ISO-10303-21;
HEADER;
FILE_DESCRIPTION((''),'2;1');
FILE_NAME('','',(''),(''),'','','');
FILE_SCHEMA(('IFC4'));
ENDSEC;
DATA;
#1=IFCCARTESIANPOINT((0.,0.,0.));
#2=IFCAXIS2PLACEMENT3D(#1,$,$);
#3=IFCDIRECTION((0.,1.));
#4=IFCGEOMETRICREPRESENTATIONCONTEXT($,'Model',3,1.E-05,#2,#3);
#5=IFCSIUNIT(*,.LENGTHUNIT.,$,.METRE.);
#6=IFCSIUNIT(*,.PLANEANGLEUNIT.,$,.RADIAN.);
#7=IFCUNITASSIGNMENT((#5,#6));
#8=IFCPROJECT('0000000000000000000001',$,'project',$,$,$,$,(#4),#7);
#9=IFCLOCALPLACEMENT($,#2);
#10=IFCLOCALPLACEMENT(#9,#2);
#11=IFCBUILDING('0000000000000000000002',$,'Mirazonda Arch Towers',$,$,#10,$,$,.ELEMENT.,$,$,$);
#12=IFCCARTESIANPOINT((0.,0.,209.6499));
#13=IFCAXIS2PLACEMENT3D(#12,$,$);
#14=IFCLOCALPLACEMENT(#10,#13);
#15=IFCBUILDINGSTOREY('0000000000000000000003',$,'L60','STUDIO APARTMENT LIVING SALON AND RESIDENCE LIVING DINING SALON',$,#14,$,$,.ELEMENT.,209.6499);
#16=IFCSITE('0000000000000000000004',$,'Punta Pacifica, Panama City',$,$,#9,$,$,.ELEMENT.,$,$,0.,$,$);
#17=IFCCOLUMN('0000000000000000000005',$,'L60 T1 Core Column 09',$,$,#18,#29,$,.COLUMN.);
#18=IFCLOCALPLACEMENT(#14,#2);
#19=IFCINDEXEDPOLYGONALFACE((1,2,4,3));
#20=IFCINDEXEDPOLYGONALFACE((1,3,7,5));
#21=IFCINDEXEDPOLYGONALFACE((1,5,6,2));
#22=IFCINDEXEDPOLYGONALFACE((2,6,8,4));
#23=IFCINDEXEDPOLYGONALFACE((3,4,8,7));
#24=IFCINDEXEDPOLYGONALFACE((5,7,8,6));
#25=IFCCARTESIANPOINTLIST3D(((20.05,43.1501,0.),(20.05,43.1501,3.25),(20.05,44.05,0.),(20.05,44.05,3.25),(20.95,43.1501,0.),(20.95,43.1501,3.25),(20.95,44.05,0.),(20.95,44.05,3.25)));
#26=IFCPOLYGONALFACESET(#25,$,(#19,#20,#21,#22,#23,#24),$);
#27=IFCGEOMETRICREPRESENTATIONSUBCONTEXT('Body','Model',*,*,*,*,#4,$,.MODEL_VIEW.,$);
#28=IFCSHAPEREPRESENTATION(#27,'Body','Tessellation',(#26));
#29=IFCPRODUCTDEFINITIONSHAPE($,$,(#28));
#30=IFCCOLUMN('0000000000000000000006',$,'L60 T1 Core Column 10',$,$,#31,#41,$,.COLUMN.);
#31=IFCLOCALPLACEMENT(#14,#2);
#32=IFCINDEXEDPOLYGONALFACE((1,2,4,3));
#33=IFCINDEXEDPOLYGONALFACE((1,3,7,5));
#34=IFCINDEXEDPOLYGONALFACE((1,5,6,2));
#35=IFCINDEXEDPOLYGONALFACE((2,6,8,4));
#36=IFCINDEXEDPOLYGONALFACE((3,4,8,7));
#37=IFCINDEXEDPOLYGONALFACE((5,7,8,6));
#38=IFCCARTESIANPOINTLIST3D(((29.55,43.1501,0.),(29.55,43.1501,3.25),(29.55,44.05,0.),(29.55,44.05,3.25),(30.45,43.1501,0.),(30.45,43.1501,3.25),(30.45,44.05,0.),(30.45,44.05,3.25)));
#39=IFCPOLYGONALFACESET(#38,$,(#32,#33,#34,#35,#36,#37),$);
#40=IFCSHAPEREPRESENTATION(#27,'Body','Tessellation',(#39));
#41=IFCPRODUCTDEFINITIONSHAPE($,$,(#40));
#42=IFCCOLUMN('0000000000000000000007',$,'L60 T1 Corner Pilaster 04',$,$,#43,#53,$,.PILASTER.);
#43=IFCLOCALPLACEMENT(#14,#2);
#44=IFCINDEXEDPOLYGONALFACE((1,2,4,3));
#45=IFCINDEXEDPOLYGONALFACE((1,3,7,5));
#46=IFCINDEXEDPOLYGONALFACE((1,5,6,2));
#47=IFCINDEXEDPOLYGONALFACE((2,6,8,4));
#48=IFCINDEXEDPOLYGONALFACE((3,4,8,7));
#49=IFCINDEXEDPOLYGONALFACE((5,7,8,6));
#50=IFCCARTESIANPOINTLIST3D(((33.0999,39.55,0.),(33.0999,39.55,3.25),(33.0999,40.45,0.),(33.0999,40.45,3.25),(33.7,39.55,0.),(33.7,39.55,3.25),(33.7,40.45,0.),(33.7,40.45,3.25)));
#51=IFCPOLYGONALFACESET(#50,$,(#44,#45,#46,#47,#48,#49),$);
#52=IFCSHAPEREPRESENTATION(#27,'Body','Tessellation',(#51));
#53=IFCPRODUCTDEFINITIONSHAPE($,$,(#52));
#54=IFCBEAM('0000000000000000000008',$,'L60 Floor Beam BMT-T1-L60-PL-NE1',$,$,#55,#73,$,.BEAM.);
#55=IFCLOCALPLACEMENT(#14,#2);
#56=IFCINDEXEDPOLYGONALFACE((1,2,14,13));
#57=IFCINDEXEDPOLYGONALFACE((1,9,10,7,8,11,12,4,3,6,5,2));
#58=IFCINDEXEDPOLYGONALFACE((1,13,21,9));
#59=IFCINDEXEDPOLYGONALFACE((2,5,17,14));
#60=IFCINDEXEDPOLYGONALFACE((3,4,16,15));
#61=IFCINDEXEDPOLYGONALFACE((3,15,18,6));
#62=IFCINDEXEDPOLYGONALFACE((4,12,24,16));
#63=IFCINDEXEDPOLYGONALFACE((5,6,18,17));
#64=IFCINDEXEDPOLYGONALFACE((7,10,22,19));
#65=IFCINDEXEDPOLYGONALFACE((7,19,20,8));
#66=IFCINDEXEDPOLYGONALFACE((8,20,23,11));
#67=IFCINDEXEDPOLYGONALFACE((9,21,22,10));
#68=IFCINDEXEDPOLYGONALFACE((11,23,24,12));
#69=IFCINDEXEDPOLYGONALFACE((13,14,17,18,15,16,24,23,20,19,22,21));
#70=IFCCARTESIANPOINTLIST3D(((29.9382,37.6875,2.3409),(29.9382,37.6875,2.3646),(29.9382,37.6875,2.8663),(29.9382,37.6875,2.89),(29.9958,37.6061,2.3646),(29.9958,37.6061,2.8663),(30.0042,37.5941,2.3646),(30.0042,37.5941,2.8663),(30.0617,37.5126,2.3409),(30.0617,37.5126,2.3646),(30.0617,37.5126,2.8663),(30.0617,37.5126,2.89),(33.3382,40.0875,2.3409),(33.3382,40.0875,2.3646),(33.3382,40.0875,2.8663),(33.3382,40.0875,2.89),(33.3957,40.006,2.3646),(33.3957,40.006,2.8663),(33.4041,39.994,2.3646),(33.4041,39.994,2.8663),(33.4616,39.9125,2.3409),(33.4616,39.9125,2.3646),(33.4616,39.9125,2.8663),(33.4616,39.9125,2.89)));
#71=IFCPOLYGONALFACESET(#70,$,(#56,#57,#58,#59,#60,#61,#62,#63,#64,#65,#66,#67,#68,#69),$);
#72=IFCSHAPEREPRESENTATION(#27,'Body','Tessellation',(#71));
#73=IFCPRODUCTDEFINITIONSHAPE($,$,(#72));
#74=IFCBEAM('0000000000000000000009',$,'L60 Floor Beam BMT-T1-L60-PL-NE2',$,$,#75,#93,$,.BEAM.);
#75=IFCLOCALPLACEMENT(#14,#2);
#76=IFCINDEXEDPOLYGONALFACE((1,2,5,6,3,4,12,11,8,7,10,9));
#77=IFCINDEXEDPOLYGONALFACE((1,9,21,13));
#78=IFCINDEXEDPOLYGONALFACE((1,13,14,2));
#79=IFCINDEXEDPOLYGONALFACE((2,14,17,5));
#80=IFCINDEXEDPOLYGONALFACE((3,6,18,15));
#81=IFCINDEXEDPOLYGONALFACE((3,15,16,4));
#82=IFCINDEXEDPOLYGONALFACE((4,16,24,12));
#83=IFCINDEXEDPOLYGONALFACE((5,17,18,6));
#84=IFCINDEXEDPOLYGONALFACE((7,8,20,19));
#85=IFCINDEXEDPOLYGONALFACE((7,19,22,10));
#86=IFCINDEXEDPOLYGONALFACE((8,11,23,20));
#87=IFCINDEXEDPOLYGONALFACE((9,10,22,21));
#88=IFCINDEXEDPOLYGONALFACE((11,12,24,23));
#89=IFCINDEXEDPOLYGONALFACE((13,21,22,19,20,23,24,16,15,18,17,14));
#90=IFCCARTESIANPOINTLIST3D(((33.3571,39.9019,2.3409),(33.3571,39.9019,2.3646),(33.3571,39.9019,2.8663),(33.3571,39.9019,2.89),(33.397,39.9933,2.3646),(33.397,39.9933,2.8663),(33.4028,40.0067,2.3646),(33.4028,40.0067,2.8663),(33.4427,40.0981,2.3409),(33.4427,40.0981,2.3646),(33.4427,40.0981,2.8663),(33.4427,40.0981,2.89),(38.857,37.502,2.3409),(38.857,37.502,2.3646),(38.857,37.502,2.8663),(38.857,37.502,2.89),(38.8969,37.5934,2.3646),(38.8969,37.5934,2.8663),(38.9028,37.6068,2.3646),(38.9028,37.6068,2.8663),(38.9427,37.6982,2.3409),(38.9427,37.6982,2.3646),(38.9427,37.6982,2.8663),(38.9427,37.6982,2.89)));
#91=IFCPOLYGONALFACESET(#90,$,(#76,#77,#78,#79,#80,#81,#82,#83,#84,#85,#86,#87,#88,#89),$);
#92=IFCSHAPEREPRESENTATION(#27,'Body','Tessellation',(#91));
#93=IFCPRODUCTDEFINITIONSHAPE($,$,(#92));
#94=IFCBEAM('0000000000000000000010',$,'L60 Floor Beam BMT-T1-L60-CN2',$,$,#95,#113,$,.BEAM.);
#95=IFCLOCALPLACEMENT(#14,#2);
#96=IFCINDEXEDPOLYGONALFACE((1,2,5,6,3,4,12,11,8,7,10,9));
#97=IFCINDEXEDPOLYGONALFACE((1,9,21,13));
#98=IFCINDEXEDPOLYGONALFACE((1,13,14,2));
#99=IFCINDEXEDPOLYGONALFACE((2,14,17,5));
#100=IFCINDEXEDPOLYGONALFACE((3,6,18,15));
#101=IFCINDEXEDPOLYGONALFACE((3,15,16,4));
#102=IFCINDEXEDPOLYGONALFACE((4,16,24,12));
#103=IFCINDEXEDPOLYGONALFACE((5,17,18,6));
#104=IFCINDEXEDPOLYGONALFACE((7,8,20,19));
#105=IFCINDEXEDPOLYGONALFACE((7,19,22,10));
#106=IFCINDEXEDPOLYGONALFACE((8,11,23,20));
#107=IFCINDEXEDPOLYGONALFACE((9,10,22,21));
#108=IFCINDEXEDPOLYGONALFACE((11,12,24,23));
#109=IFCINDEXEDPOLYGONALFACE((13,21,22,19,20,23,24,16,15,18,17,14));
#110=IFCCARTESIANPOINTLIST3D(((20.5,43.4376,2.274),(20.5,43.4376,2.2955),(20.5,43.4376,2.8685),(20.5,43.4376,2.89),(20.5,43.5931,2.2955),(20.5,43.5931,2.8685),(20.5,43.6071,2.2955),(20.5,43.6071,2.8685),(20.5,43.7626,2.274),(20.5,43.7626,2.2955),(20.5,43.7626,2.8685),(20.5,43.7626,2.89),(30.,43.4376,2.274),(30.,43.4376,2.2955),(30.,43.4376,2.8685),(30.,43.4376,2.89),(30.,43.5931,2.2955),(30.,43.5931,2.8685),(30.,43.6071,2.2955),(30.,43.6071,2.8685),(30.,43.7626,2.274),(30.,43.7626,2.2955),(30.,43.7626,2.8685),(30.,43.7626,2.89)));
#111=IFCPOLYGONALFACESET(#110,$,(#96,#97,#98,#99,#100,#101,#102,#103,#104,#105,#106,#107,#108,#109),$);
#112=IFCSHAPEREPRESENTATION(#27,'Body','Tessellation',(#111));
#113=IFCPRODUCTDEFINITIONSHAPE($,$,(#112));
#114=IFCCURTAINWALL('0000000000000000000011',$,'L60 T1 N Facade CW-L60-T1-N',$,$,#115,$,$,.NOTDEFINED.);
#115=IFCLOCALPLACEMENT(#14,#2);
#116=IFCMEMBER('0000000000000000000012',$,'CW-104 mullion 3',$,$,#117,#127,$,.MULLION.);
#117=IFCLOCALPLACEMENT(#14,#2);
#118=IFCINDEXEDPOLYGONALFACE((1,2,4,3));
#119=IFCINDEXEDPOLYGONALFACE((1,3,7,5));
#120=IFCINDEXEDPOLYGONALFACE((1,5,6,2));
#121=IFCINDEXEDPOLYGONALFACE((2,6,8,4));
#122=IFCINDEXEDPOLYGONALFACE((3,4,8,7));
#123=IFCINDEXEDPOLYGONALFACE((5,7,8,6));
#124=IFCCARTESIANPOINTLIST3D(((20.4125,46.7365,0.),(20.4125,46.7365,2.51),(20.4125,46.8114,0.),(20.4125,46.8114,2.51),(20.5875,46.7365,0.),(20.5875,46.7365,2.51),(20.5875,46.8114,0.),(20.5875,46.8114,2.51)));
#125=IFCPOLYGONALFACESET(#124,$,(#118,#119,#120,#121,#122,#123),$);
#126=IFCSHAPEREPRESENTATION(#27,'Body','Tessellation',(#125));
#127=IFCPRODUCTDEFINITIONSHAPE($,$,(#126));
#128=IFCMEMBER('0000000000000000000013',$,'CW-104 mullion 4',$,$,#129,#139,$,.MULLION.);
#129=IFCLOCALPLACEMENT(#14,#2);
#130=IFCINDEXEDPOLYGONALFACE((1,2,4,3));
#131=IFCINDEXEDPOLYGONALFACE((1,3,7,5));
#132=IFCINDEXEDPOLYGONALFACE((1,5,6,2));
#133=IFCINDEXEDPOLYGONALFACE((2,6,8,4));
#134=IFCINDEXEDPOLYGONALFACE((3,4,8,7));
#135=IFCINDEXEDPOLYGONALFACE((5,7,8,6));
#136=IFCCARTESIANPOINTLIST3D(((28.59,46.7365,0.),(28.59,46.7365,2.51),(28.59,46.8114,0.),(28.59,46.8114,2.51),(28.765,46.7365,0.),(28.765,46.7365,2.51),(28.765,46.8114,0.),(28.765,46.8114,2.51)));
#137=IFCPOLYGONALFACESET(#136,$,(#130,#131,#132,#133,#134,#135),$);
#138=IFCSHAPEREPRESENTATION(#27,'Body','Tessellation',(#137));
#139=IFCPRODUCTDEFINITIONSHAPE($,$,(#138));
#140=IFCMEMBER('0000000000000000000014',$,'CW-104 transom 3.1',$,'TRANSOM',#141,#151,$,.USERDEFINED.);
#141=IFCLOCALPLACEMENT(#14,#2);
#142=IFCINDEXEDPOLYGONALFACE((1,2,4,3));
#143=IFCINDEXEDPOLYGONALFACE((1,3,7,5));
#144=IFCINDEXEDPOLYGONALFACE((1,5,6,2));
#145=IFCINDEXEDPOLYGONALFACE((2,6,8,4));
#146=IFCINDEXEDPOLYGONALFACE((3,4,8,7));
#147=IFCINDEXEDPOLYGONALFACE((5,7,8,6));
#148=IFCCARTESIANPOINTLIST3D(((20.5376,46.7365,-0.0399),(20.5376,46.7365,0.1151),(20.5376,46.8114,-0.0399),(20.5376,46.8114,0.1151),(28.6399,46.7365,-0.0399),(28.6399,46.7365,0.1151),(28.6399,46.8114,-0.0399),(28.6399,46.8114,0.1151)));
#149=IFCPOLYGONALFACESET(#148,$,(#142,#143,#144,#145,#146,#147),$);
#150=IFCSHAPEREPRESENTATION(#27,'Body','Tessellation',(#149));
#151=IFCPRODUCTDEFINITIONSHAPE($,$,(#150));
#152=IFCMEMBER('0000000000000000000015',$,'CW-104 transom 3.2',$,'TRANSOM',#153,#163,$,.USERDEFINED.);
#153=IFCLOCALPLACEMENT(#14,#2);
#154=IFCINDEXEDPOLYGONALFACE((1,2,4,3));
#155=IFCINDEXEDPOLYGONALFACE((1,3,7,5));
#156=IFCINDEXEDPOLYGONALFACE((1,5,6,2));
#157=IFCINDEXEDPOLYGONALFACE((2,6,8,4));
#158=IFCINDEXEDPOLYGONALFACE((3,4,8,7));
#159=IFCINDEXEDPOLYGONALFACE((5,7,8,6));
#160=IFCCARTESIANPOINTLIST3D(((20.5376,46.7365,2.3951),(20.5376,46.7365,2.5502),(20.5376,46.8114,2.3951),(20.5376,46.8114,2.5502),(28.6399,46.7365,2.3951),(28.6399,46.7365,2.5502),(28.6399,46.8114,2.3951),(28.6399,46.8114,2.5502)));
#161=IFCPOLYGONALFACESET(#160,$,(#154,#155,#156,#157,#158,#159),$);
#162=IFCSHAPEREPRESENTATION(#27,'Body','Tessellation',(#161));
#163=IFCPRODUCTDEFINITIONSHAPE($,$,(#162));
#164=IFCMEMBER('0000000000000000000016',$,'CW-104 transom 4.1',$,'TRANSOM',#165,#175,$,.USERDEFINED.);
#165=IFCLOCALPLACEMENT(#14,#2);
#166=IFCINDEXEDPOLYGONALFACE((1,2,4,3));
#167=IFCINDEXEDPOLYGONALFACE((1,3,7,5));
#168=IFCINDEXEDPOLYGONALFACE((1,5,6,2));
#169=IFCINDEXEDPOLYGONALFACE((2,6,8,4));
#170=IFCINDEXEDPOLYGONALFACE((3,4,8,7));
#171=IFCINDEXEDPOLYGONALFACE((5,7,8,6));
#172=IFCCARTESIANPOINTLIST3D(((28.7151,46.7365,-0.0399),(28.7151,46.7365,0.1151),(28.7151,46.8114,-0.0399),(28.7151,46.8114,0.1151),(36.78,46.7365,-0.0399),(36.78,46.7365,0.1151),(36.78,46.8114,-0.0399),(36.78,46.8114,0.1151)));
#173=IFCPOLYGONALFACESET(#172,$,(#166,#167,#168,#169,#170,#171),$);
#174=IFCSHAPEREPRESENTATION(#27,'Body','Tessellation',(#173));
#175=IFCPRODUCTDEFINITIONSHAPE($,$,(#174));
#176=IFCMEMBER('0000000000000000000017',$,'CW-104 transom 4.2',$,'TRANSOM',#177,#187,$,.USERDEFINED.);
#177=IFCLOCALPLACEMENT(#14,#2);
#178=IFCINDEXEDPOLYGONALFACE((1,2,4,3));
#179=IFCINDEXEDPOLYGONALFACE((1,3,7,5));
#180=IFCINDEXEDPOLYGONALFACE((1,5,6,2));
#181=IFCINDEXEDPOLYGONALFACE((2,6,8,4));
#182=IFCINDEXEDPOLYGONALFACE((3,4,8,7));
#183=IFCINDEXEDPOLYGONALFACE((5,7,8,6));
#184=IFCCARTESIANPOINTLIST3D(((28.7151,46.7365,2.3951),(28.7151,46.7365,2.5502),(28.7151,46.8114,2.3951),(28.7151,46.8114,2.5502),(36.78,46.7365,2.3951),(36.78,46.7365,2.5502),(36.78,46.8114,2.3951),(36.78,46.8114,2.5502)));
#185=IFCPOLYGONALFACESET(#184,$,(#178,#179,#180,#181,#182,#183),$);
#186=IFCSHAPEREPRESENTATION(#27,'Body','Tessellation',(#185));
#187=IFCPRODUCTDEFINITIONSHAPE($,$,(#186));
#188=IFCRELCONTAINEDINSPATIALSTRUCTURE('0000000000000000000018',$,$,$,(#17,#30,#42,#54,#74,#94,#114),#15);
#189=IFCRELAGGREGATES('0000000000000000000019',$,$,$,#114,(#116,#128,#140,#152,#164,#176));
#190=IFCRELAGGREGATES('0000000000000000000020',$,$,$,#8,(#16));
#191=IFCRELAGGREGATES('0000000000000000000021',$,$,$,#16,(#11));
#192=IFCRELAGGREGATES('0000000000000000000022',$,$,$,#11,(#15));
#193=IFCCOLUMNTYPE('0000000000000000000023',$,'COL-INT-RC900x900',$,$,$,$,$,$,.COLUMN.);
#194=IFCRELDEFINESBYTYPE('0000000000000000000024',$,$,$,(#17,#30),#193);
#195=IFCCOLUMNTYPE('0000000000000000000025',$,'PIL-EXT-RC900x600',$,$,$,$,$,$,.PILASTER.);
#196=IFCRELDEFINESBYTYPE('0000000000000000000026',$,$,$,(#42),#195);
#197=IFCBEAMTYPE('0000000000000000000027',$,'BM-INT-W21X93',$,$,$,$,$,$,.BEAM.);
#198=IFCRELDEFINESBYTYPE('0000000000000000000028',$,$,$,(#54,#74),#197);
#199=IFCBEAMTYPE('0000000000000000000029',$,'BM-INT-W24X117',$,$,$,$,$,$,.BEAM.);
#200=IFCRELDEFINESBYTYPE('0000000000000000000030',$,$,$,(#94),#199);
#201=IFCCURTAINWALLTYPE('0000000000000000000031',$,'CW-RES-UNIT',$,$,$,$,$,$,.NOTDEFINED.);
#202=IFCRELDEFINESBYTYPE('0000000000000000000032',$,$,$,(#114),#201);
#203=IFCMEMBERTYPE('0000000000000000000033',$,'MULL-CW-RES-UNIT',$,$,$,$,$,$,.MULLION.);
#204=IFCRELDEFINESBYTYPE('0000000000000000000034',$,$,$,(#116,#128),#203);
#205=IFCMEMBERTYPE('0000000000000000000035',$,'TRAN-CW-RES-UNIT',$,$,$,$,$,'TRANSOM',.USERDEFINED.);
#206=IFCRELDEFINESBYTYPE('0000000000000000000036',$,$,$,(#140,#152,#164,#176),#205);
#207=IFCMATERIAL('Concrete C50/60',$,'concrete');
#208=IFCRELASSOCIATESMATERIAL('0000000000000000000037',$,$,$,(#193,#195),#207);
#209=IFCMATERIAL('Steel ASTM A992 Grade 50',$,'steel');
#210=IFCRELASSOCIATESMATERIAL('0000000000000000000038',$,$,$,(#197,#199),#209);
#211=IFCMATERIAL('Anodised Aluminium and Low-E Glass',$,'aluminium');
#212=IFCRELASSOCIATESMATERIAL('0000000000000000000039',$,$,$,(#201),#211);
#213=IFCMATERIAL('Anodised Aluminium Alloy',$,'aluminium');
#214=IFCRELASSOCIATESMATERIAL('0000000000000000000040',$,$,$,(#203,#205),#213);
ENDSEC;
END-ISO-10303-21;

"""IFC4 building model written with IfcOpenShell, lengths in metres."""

from ifc_helpers import new_model, si_unit, direction, frame, origin, origin_2d, place, context, subcontext, project, spatial, rectangle, i_section, extrude, material, material_profile, profile_set, type_object, element, aggregate, save


model = new_model("IFC4")

# Units and contexts
model_context = context("Model", 3, precision=1e-05, world=origin(), true_north=direction((0.0, 1.0)))
body_context = subcontext(model_context, "Body", "Model", "MODEL_VIEW")
ifc_project = project(units=[si_unit("LENGTHUNIT", "METRE"), si_unit("PLANEANGLEUNIT", "RADIAN")], contexts=[model_context])

# Site, building, storey
site_placement = place(None, origin())
site = spatial("IfcSite", under=ifc_project, at=site_placement, Name="Punta Pacifica, Panama City", CompositionType="ELEMENT", RefElevation=0.0)
building_placement = place(site_placement, origin())
building = spatial("IfcBuilding", under=site, at=building_placement, Name="Mirazonda Arch Towers", CompositionType="ELEMENT")
storey_placement = place(building_placement, frame((0.0, 0.0, 209.6499)))
storey = spatial("IfcBuildingStorey", under=building, at=storey_placement, Name="L60", Description="STUDIO APARTMENT LIVING SALON AND RESIDENCE LIVING DINING SALON", CompositionType="ELEMENT", Elevation=209.6499)

# Columns
ifc_material_1 = material(Name="Concrete C50/60", Category="concrete")
ifc_material_profile_1 = material_profile(ifc_material_1, rectangle(XDim=0.8999, YDim=0.8999, at=origin_2d()), Name="RC900x900")
ifc_profile_set_1 = profile_set([ifc_material_profile_1], Name="Concrete C50/60")
column_type_1 = type_object("IfcColumnType", Name="COL-INT-RC900x900", PredefinedType="COLUMN", material=ifc_profile_set_1)
for number, where, z_axis, x_axis, name in (
    (1, (20.5, 43.6001, 0.0), (0.0, 0.0, 1.0), (1.0, 0.0, 0.0), "L60 T1 Core Column 09"),
    (2, (30.0, 43.6001, 0.0), (0.0, 0.0, 1.0), (1.0, 0.0, 0.0), "L60 T1 Core Column 10"),
):
    element("IfcColumn", number, at=place(storey_placement, frame(where, z_axis=z_axis, x_axis=x_axis)), inside=storey, type_object=column_type_1, Name=name, PredefinedType="COLUMN", context=body_context, shape_type="SweptSolid", body=[
        extrude(rectangle(XDim=0.8999, YDim=0.8999, at=origin_2d()), origin(), (0.0, 0.0, 1.0), 3.25),
    ])
ifc_material_profile_2 = material_profile(ifc_material_1, rectangle(XDim=0.6001, YDim=0.8999, at=origin_2d()), Name="RC900x600")
ifc_profile_set_2 = profile_set([ifc_material_profile_2], Name="Concrete C50/60")
column_type_2 = type_object("IfcColumnType", Name="PIL-EXT-RC900x600", PredefinedType="PILASTER", material=ifc_profile_set_2)
column_placement = place(storey_placement, frame((33.3999, 40.0, 0.0), z_axis=(0.0, 0.0, 1.0), x_axis=(1.0, 0.0, 0.0)))
element("IfcColumn", 3, at=column_placement, inside=storey, type_object=column_type_2, Name="L60 T1 Corner Pilaster 04", PredefinedType="PILASTER", context=body_context, shape_type="SweptSolid", body=[
    extrude(rectangle(XDim=0.6001, YDim=0.8999, at=origin_2d()), origin(), (0.0, 0.0, 1.0), 3.25),
])

# Beams
ifc_material_2 = material(Name="Steel ASTM A992 Grade 50", Category="steel")
ifc_material_profile_3 = material_profile(ifc_material_2, i_section(OverallWidth=0.2141, OverallDepth=0.5491, WebThickness=0.0146, FlangeThickness=0.0237, at=origin_2d()), Name="W21X93")
ifc_profile_set_3 = profile_set([ifc_material_profile_3], Name="Steel ASTM A992 Grade 50")
beam_type_1 = type_object("IfcBeamType", Name="BM-INT-W21X93", PredefinedType="BEAM", material=ifc_profile_set_3)
beam_1_placement = place(storey_placement, frame((33.3999, 40.0, 2.6155), z_axis=(-0.816971, -0.576679, 0.0), x_axis=(0.576679, -0.816971, 0.0)))
element("IfcBeam", 4, at=beam_1_placement, inside=storey, type_object=beam_type_1, Name="L60 Floor Beam BMT-T1-L60-PL-NE1", PredefinedType="BEAM", context=body_context, shape_type="SweptSolid", body=[
    extrude(i_section(OverallWidth=0.2141, OverallDepth=0.5491, WebThickness=0.0146, FlangeThickness=0.0237, at=origin_2d()), origin(), (0.0, 0.0, 1.0), 4.1616),
])
beam_2_placement = place(storey_placement, frame((33.3999, 40.0, 2.6155), z_axis=(0.916545, -0.399931, 0.0), x_axis=(0.399931, 0.916545, 0.0)))
element("IfcBeam", 5, at=beam_2_placement, inside=storey, type_object=beam_type_1, Name="L60 Floor Beam BMT-T1-L60-PL-NE2", PredefinedType="BEAM", context=body_context, shape_type="SweptSolid", body=[
    extrude(i_section(OverallWidth=0.2141, OverallDepth=0.5491, WebThickness=0.0146, FlangeThickness=0.0237, at=origin_2d()), origin(), (0.0, 0.0, 1.0), 6.0007),
])
ifc_material_profile_4 = material_profile(ifc_material_2, i_section(OverallWidth=0.325, OverallDepth=0.616, WebThickness=0.0139, FlangeThickness=0.0215, at=origin_2d()), Name="W24X117")
ifc_profile_set_4 = profile_set([ifc_material_profile_4], Name="Steel ASTM A992 Grade 50")
beam_type_2 = type_object("IfcBeamType", Name="BM-INT-W24X117", PredefinedType="BEAM", material=ifc_profile_set_4)
beam_3_placement = place(storey_placement, frame((20.5, 43.6001, 2.582), z_axis=(1.0, 0.0, 0.0), x_axis=(0.0, 1.0, 0.0)))
element("IfcBeam", 6, at=beam_3_placement, inside=storey, type_object=beam_type_2, Name="L60 Floor Beam BMT-T1-L60-CN2", PredefinedType="BEAM", context=body_context, shape_type="SweptSolid", body=[
    extrude(i_section(OverallWidth=0.325, OverallDepth=0.616, WebThickness=0.0139, FlangeThickness=0.0215, at=origin_2d()), origin(), (0.0, 0.0, 1.0), 9.5),
])

# Curtain wall, members
ifc_material_3 = material(Name="Anodised Aluminium and Low-E Glass", Category="aluminium")
curtain_wall_type = type_object("IfcCurtainWallType", Name="CW-RES-UNIT", PredefinedType="NOTDEFINED", material=ifc_material_3)
curtain_wall_placement = place(storey_placement, origin())
curtain_wall = element("IfcCurtainWall", 7, at=curtain_wall_placement, inside=storey, type_object=curtain_wall_type, Name="L60 T1 N Facade CW-L60-T1-N", PredefinedType="NOTDEFINED")
ifc_material_4 = material(Name="Anodised Aluminium Alloy", Category="aluminium")
ifc_material_profile_5 = material_profile(ifc_material_4, rectangle(XDim=0.075, YDim=0.175, at=origin_2d()), Name="ALU-MULL-75x175")
ifc_profile_set_5 = profile_set([ifc_material_profile_5], Name="Anodised Aluminium Alloy")
member_type_1 = type_object("IfcMemberType", Name="MULL-CW-RES-UNIT", PredefinedType="MULLION", material=ifc_profile_set_5)
member_1_placement = place(storey_placement, frame((20.5, 46.7739, 0.0), z_axis=(0.0, 0.0, 1.0), x_axis=(0.0, 1.0, 0.0)))
member_1 = element("IfcMember", 8, at=member_1_placement, type_object=member_type_1, Name="CW-104 mullion 3", PredefinedType="MULLION", context=body_context, shape_type="SweptSolid", body=[
    extrude(rectangle(XDim=0.075, YDim=0.175, at=origin_2d()), origin(), (0.0, 0.0, 1.0), 2.51),
])
member_2_placement = place(storey_placement, frame((28.6775, 46.7739, 0.0), z_axis=(0.0, 0.0, 1.0), x_axis=(0.0, 1.0, 0.0)))
member_2 = element("IfcMember", 9, at=member_2_placement, type_object=member_type_1, Name="CW-104 mullion 4", PredefinedType="MULLION", context=body_context, shape_type="SweptSolid", body=[
    extrude(rectangle(XDim=0.075, YDim=0.175, at=origin_2d()), origin(), (0.0, 0.0, 1.0), 2.51),
])
ifc_material_profile_6 = material_profile(ifc_material_4, rectangle(XDim=0.075, YDim=0.155, at=origin_2d()), Name="ALU-TRAN-75x155")
ifc_profile_set_6 = profile_set([ifc_material_profile_6], Name="Anodised Aluminium Alloy")
member_type_2 = type_object("IfcMemberType", Name="TRAN-CW-RES-UNIT", ElementType="TRANSOM", PredefinedType="USERDEFINED", material=ifc_profile_set_6)
member_3_placement = place(storey_placement, frame((20.5376, 46.7739, 0.0376), z_axis=(1.0, 0.0, 0.0), x_axis=(0.0, 1.0, 0.0)))
member_3 = element("IfcMember", 10, at=member_3_placement, type_object=member_type_2, Name="CW-104 transom 3.1", ObjectType="TRANSOM", PredefinedType="USERDEFINED", context=body_context, shape_type="SweptSolid", body=[
    extrude(rectangle(XDim=0.075, YDim=0.155, at=origin_2d()), origin(), (0.0, 0.0, 1.0), 8.1023),
])
member_4_placement = place(storey_placement, frame((20.5376, 46.7739, 2.4727), z_axis=(1.0, 0.0, 0.0), x_axis=(0.0, 1.0, 0.0)))
member_4 = element("IfcMember", 11, at=member_4_placement, type_object=member_type_2, Name="CW-104 transom 3.2", ObjectType="TRANSOM", PredefinedType="USERDEFINED", context=body_context, shape_type="SweptSolid", body=[
    extrude(rectangle(XDim=0.075, YDim=0.155, at=origin_2d()), origin(), (0.0, 0.0, 1.0), 8.1023),
])
member_5_placement = place(storey_placement, frame((28.7151, 46.7739, 0.0376), z_axis=(1.0, 0.0, 0.0), x_axis=(0.0, 1.0, 0.0)))
member_5 = element("IfcMember", 12, at=member_5_placement, type_object=member_type_2, Name="CW-104 transom 4.1", ObjectType="TRANSOM", PredefinedType="USERDEFINED", context=body_context, shape_type="SweptSolid", body=[
    extrude(rectangle(XDim=0.075, YDim=0.155, at=origin_2d()), origin(), (0.0, 0.0, 1.0), 8.0649),
])
member_6_placement = place(storey_placement, frame((28.7151, 46.7739, 2.4727), z_axis=(1.0, 0.0, 0.0), x_axis=(0.0, 1.0, 0.0)))
member_6 = element("IfcMember", 13, at=member_6_placement, type_object=member_type_2, Name="CW-104 transom 4.2", ObjectType="TRANSOM", PredefinedType="USERDEFINED", context=body_context, shape_type="SweptSolid", body=[
    extrude(rectangle(XDim=0.075, YDim=0.155, at=origin_2d()), origin(), (0.0, 0.0, 1.0), 8.0649),
])
aggregate(curtain_wall, [member_1, member_2, member_3, member_4, member_5, member_6])

save(model, "model.ifc")
